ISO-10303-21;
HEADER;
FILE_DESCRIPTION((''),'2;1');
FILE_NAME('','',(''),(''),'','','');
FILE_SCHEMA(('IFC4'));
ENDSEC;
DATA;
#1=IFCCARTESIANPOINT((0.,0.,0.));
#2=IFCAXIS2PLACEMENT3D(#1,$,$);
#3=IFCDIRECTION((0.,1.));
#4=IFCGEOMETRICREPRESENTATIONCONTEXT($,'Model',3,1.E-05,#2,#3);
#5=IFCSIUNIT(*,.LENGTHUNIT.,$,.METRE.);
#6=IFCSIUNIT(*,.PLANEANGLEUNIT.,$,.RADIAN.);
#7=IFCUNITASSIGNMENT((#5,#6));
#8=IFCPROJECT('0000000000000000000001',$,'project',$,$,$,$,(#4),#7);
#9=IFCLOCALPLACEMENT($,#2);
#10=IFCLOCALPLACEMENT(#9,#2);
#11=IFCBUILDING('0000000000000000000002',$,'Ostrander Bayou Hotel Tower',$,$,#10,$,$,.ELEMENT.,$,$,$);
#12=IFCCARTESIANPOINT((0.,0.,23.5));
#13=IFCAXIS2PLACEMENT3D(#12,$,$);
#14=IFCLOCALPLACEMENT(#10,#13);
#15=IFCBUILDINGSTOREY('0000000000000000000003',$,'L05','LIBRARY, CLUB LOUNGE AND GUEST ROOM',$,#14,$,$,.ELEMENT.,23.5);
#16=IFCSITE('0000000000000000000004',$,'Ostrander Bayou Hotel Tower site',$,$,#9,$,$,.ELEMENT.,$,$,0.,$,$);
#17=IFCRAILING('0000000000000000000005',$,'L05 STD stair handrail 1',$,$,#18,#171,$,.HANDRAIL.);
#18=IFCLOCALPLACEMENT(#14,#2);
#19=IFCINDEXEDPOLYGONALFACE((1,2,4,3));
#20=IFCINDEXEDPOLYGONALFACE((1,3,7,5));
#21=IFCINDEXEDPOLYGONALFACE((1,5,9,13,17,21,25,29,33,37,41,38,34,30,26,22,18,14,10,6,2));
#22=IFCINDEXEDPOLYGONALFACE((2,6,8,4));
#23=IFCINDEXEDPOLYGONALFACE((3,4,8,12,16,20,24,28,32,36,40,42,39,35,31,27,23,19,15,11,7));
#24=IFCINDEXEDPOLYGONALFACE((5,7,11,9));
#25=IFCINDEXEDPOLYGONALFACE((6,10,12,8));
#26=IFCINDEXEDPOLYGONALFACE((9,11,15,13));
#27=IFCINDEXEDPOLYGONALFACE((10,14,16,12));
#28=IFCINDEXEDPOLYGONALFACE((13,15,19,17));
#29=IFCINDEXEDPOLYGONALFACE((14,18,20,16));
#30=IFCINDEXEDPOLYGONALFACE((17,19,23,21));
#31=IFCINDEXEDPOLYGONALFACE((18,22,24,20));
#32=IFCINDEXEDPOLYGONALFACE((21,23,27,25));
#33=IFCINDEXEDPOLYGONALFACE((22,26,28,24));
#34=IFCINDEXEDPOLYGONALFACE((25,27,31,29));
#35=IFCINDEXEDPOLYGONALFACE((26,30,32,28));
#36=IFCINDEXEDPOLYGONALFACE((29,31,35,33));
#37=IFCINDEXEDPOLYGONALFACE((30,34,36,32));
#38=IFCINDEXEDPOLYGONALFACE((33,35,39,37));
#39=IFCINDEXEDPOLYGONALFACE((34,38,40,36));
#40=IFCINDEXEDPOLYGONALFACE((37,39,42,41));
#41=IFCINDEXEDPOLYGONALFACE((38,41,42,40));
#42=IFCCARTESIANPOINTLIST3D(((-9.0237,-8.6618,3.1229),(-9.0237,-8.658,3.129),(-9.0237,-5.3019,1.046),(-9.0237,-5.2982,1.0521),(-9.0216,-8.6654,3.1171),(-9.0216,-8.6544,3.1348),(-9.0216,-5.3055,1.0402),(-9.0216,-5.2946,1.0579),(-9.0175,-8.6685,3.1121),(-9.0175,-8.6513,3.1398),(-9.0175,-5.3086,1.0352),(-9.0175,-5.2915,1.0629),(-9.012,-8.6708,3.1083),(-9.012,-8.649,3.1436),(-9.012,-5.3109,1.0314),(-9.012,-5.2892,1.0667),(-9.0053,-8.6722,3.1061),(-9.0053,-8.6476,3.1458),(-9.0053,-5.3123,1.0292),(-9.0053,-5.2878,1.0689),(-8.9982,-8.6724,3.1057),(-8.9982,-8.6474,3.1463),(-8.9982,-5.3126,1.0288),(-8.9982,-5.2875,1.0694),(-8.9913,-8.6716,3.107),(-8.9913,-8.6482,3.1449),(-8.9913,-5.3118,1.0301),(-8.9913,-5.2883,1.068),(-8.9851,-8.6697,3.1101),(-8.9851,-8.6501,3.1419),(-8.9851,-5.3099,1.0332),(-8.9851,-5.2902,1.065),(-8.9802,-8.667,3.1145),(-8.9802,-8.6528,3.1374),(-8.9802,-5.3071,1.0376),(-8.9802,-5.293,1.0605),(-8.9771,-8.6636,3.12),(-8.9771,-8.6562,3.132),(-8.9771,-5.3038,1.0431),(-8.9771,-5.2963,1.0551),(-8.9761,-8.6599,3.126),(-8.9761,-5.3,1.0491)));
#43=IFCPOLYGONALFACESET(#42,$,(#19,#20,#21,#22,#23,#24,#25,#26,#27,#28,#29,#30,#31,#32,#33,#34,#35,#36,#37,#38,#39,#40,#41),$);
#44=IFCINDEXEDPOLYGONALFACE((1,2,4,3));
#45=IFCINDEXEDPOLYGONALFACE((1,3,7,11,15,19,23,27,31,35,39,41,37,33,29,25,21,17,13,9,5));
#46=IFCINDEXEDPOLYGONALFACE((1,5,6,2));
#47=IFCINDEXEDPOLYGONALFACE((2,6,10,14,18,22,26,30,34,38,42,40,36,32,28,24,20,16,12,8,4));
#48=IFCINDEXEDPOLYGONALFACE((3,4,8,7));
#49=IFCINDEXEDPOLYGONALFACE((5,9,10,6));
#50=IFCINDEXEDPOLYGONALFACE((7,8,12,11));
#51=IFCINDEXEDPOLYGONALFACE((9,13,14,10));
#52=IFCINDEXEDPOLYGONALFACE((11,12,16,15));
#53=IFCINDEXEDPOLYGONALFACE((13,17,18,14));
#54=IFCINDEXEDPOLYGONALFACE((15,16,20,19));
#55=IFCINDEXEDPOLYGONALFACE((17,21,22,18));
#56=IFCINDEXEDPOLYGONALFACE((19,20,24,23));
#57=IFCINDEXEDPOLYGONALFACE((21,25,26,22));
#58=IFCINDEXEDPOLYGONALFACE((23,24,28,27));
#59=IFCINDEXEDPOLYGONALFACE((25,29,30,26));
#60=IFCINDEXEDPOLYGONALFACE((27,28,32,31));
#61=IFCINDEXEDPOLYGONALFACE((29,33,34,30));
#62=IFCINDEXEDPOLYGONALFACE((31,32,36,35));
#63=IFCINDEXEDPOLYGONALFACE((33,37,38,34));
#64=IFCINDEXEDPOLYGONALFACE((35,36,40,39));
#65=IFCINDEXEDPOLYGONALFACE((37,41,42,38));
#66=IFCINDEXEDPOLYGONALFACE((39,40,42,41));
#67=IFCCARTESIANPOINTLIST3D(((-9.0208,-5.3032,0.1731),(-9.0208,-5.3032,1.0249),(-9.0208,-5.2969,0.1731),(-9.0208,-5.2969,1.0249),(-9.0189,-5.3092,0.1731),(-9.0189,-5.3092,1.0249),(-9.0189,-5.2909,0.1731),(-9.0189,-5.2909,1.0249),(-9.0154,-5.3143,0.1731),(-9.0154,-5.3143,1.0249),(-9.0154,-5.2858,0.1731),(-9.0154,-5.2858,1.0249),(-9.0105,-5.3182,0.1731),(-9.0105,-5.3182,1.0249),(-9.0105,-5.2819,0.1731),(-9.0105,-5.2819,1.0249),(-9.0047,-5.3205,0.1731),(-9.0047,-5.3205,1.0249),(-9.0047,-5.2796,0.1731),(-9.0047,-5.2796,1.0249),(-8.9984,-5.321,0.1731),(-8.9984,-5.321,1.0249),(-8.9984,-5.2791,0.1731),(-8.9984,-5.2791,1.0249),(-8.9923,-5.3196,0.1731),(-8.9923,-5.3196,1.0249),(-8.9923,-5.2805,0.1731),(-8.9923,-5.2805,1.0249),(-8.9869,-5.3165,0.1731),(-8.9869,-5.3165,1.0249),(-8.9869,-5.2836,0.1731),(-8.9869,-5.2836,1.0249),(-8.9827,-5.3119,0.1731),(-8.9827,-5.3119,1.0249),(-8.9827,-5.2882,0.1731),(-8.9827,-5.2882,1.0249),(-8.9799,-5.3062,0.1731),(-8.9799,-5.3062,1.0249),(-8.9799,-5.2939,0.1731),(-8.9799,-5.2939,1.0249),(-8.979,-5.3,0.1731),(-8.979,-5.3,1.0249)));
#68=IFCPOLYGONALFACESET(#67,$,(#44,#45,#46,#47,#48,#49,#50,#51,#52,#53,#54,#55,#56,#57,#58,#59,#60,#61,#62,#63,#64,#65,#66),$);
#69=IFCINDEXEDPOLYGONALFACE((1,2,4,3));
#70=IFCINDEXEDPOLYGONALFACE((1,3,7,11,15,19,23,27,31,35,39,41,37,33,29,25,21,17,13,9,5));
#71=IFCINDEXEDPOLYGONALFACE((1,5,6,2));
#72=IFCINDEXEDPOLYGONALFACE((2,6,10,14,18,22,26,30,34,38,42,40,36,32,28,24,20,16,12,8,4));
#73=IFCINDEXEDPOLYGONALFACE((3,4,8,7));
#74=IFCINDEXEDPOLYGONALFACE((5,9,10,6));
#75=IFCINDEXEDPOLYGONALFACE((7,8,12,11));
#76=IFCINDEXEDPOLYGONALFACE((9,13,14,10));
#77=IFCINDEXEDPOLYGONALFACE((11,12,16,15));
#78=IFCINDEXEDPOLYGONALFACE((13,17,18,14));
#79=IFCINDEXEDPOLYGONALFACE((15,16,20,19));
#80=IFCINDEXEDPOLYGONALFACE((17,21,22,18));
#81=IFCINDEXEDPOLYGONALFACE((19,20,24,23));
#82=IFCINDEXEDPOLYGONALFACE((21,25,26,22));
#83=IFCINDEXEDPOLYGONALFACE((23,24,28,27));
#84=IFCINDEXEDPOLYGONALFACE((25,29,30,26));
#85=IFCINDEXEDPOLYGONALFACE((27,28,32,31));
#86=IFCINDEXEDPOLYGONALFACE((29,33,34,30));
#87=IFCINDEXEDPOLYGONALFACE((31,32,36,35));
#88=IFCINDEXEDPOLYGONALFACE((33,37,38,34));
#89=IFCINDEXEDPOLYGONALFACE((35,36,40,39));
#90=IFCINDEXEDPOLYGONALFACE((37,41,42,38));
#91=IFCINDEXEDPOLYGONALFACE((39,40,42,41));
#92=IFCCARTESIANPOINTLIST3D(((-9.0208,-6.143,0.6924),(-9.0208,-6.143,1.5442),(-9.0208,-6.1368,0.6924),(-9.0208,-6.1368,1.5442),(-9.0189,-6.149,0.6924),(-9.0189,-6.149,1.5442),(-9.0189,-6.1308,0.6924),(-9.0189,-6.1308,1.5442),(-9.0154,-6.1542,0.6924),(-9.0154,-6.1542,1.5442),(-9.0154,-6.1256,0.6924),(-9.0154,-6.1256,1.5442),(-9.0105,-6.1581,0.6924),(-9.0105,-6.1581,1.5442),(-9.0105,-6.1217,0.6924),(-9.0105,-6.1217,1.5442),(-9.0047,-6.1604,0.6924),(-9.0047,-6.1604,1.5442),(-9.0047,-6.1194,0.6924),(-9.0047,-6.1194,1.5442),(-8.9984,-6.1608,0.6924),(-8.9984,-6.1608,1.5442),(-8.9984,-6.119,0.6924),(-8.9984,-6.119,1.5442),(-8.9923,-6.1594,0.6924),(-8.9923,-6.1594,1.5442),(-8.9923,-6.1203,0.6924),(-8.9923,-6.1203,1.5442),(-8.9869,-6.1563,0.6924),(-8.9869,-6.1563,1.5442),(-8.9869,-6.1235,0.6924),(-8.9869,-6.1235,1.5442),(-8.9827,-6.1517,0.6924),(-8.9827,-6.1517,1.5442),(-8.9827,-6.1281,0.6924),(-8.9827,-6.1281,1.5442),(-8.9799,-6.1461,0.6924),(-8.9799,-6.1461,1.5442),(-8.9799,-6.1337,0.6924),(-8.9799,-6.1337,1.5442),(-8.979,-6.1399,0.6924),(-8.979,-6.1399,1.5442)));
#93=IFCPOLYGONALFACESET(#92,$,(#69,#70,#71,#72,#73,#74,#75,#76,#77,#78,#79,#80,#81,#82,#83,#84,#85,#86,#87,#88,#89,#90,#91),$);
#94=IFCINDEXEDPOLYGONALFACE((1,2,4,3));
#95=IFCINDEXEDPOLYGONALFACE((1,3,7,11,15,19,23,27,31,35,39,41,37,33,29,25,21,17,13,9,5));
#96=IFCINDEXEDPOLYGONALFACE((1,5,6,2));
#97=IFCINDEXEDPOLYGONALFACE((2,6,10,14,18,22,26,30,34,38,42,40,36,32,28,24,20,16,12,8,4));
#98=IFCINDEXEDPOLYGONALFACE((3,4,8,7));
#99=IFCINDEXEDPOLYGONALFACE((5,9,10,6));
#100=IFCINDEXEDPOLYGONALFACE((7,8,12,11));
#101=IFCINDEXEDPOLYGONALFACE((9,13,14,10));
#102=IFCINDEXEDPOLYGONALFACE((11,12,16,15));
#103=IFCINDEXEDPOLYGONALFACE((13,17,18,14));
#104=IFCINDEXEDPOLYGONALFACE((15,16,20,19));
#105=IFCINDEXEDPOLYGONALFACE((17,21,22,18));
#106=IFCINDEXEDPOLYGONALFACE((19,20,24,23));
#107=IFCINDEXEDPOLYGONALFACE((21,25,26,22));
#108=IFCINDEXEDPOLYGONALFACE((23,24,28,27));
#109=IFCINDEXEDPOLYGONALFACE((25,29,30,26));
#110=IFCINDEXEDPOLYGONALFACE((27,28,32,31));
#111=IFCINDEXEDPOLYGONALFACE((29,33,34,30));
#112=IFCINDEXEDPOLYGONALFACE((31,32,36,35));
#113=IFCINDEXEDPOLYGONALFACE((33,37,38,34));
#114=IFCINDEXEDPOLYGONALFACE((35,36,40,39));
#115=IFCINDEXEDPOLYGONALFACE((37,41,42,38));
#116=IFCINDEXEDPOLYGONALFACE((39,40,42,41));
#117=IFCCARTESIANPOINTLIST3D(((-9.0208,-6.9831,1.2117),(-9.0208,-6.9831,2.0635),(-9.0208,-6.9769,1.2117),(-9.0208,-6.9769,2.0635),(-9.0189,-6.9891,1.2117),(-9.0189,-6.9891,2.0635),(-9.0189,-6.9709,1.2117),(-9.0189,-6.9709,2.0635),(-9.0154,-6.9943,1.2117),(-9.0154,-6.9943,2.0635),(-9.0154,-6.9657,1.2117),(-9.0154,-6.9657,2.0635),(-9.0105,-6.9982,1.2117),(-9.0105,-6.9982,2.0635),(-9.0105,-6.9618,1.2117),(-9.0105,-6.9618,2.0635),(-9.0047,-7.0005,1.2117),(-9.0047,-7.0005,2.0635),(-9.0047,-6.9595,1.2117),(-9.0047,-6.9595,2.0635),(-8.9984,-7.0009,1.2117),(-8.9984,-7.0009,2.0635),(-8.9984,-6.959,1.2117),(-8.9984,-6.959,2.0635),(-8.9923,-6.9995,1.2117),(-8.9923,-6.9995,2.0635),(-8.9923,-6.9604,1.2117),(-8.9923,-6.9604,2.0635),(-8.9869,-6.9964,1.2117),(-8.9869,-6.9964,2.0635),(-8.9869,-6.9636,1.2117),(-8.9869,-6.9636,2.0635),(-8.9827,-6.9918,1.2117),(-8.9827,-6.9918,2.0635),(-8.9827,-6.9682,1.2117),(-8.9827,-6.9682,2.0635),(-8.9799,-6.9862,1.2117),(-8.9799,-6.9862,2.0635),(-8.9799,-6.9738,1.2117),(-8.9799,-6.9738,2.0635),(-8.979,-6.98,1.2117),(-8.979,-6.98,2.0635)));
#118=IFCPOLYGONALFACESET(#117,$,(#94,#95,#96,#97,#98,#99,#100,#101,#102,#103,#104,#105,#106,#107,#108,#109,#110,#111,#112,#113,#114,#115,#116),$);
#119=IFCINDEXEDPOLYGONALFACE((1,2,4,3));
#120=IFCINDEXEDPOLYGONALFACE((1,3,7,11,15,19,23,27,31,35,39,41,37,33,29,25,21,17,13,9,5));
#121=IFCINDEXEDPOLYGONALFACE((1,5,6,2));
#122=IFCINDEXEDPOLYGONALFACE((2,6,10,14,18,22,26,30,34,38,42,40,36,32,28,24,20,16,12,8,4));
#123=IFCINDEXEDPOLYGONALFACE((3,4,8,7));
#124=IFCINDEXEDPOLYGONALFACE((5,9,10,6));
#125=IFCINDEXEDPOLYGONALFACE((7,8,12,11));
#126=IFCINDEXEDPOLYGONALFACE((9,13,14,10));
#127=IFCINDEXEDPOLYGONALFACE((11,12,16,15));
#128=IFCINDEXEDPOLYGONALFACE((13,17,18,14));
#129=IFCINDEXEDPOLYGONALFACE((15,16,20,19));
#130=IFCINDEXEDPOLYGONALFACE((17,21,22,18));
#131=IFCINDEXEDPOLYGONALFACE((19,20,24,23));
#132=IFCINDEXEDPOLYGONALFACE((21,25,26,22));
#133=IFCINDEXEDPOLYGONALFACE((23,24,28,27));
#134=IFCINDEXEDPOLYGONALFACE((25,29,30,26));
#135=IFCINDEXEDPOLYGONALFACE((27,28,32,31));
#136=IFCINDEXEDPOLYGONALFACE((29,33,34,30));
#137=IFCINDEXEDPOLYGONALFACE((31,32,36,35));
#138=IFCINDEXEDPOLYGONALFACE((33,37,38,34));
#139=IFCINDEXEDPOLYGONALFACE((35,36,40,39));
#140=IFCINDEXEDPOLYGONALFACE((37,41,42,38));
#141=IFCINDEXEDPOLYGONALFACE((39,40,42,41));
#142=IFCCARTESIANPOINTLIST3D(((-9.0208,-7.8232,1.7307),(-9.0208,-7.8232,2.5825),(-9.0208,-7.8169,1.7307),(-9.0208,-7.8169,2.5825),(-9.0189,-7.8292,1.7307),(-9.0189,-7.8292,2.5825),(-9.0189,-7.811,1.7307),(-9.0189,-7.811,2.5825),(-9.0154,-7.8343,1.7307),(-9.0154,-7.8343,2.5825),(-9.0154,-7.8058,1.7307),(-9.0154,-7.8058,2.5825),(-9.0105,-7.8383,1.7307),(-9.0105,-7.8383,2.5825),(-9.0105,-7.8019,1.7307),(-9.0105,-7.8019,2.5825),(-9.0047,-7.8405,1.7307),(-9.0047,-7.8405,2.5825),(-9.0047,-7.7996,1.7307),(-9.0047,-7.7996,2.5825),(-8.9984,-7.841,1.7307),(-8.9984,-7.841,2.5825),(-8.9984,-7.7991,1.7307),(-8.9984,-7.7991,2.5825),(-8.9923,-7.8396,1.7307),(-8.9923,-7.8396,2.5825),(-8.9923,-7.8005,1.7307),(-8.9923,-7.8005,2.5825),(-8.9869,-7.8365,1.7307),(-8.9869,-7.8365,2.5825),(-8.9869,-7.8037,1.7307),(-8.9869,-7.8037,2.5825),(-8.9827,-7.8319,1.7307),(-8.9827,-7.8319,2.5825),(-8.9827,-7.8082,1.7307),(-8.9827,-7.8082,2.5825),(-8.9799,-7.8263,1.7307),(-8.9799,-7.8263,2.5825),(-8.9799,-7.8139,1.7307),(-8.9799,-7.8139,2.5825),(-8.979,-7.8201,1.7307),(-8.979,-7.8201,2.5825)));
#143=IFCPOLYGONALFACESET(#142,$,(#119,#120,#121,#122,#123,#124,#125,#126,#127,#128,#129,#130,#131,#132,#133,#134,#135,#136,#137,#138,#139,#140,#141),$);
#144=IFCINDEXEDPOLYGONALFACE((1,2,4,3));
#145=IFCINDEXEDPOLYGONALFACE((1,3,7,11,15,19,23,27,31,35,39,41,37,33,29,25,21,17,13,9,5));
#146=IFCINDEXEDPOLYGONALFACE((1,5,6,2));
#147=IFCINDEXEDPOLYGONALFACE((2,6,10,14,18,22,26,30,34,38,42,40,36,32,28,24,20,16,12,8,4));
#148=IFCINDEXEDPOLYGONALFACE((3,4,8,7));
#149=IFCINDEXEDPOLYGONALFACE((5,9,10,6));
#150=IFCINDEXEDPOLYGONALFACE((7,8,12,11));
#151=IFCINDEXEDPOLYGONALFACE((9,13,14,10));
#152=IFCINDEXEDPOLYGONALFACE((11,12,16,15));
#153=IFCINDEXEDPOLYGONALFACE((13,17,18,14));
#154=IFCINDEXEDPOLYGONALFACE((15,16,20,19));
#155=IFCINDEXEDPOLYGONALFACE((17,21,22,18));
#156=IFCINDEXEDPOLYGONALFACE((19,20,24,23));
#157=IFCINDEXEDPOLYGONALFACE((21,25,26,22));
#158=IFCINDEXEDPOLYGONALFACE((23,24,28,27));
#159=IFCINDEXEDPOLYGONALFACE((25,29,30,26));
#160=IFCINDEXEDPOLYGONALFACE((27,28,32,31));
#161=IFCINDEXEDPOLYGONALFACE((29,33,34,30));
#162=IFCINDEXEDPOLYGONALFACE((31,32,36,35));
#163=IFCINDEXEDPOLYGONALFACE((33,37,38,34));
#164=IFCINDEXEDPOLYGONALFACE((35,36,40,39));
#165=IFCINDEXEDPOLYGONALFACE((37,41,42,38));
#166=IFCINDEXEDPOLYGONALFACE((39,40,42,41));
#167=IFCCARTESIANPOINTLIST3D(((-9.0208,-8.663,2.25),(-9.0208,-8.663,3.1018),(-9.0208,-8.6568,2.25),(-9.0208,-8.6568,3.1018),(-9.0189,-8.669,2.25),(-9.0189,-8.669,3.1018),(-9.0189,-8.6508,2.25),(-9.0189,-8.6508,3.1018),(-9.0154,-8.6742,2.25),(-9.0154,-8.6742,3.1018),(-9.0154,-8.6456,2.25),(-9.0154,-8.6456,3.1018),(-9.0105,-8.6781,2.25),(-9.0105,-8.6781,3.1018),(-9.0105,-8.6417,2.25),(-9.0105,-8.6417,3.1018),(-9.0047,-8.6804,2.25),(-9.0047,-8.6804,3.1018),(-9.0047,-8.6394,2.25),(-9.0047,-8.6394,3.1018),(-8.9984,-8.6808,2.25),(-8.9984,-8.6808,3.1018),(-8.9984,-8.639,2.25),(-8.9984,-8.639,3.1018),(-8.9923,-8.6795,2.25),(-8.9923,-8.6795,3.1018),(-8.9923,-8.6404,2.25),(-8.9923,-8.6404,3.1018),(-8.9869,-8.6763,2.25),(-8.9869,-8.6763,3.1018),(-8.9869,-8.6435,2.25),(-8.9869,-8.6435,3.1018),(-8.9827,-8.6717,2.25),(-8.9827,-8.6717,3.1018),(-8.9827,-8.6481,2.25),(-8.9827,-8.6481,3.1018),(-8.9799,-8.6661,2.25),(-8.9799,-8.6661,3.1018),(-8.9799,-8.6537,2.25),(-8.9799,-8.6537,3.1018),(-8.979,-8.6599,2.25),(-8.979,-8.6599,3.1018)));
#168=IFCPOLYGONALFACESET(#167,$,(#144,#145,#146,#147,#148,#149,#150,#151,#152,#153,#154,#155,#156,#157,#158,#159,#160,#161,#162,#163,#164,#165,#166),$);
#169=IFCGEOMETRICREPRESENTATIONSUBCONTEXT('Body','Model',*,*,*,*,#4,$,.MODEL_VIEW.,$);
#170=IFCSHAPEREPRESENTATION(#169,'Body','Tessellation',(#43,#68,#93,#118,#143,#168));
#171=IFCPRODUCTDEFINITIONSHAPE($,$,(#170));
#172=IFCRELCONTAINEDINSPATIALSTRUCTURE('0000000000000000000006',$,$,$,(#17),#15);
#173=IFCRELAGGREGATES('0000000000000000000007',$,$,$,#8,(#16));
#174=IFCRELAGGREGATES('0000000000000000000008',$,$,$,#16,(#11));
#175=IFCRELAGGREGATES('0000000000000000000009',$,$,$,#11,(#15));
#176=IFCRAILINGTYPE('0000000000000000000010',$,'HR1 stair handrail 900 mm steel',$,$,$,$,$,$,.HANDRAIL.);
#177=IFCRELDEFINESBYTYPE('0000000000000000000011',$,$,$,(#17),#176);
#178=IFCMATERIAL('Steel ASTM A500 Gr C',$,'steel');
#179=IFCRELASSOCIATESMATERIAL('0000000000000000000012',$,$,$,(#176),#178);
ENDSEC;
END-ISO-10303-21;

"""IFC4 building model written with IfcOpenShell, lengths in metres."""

from ifc_helpers import new_model, si_unit, direction, frame, origin, origin_2d, place, context, subcontext, project, spatial, circle, extrude, material, type_object, element, save


model = new_model("IFC4")

# Units and contexts
model_context = context("Model", 3, precision=1e-05, world=origin(), true_north=direction((0.0, 1.0)))
body_context = subcontext(model_context, "Body", "Model", "MODEL_VIEW")
ifc_project = project(units=[si_unit("LENGTHUNIT", "METRE"), si_unit("PLANEANGLEUNIT", "RADIAN")], contexts=[model_context])

# Site, building, storey
site_placement = place(None, origin())
site = spatial("IfcSite", under=ifc_project, at=site_placement, Name="Ostrander Bayou Hotel Tower site", CompositionType="ELEMENT", RefElevation=0.0)
building_placement = place(site_placement, origin())
building = spatial("IfcBuilding", under=site, at=building_placement, Name="Ostrander Bayou Hotel Tower", CompositionType="ELEMENT")
storey_placement = place(building_placement, frame((0.0, 0.0, 23.5)))
storey = spatial("IfcBuildingStorey", under=building, at=storey_placement, Name="L05", Description="LIBRARY, CLUB LOUNGE AND GUEST ROOM", CompositionType="ELEMENT", Elevation=23.5)

# Railing
ifc_material_1 = material(Name="Steel ASTM A500 Gr C", Category="steel")
railing_type_1 = type_object("IfcRailingType", Name="HR1 stair handrail 900 mm steel", PredefinedType="HANDRAIL", material=ifc_material_1)
railing_1_placement = place(storey_placement, frame((-9.0, -5.3, 0.1731)))
element("IfcRailing", 1, at=railing_1_placement, inside=storey, type_object=railing_type_1, Name="L05 STD stair handrail 1", PredefinedType="HANDRAIL", context=body_context, shape_type="SweptSolid", body=[
    extrude(circle(Radius=0.0239, at=origin_2d()), frame((0.0, 0.0, 0.876), z_axis=(0.0, -0.850606, 0.525803), x_axis=(1.0, 0.0, 0.0)), (0.0, 0.0, 1.0), 3.95),
    extrude(circle(Radius=0.021, at=origin_2d()), origin(), (0.0, 0.0, 1.0), 0.8518),
    extrude(circle(Radius=0.021, at=origin_2d()), frame((0.0, -0.8398, 0.5193)), (0.0, 0.0, 1.0), 0.8518),
    extrude(circle(Radius=0.021, at=origin_2d()), frame((0.0, -1.6799, 1.0386)), (0.0, 0.0, 1.0), 0.8518),
    extrude(circle(Radius=0.021, at=origin_2d()), frame((0.0, -2.52, 1.5576)), (0.0, 0.0, 1.0), 0.8518),
    extrude(circle(Radius=0.021, at=origin_2d()), frame((0.0, -3.3599, 2.0769)), (0.0, 0.0, 1.0), 0.8518),
])

save(model, "model.ifc")
